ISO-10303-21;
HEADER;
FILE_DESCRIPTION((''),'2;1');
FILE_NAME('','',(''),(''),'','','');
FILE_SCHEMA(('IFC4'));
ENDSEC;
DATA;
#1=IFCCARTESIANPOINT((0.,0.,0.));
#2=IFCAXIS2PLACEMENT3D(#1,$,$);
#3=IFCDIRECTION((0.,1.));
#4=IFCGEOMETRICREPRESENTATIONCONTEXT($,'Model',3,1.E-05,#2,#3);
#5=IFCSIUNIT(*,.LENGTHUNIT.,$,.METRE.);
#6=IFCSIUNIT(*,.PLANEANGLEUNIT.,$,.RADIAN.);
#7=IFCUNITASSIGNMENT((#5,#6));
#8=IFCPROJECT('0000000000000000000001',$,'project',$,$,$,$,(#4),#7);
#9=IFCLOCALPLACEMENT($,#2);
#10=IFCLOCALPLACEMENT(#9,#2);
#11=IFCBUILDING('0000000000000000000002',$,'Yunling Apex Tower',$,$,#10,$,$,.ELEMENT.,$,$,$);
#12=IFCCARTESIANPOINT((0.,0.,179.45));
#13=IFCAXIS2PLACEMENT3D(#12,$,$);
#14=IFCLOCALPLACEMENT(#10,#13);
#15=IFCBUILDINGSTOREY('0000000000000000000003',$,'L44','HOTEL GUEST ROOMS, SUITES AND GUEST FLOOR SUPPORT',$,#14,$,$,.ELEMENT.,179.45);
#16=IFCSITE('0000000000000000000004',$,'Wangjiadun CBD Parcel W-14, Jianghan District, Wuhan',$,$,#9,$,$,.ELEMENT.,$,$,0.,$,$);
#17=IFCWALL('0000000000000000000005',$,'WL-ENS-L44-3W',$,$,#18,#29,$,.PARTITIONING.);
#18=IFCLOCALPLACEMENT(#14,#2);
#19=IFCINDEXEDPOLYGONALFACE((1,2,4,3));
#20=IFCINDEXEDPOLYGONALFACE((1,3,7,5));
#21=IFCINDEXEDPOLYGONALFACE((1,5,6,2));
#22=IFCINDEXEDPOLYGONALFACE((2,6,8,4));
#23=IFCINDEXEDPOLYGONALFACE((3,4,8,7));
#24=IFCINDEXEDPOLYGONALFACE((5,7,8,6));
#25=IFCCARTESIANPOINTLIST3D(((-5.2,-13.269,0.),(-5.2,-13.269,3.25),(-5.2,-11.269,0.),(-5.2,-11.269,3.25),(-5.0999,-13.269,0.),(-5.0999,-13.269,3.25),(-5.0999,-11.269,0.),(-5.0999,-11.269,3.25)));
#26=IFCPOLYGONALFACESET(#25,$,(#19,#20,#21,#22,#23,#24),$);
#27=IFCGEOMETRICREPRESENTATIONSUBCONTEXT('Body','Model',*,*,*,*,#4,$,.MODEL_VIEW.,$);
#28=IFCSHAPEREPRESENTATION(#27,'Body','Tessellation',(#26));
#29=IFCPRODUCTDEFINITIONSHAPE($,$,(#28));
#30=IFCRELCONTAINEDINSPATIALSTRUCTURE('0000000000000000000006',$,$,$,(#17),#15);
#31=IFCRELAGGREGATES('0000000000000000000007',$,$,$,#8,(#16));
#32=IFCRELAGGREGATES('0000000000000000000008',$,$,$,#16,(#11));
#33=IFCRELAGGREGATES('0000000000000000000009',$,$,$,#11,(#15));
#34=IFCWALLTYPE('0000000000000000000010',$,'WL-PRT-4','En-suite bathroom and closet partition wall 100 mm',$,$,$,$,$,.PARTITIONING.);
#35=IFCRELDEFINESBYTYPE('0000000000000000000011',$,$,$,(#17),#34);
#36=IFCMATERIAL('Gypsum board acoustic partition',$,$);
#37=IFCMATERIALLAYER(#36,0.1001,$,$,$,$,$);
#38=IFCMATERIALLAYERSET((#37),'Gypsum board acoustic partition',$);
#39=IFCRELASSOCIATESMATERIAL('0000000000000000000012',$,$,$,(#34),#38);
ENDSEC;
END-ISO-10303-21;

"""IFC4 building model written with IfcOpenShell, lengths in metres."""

from ifc_helpers import new_model, si_unit, direction, frame, frame_2d, origin, place, context, subcontext, project, spatial, rectangle, extrude, material, layer, layer_set, type_object, element, save


model = new_model("IFC4")

# Units and contexts
model_context = context("Model", 3, precision=1e-05, world=origin(), true_north=direction((0.0, 1.0)))
body_context = subcontext(model_context, "Body", "Model", "MODEL_VIEW")
ifc_project = project(units=[si_unit("LENGTHUNIT", "METRE"), si_unit("PLANEANGLEUNIT", "RADIAN")], contexts=[model_context])

# Site, building, storey
site_placement = place(None, origin())
site = spatial("IfcSite", under=ifc_project, at=site_placement, Name="Wangjiadun CBD Parcel W-14, Jianghan District, Wuhan", CompositionType="ELEMENT", RefElevation=0.0)
building_placement = place(site_placement, origin())
building = spatial("IfcBuilding", under=site, at=building_placement, Name="Yunling Apex Tower", CompositionType="ELEMENT")
storey_placement = place(building_placement, frame((0.0, 0.0, 179.45)))
storey = spatial("IfcBuildingStorey", under=building, at=storey_placement, Name="L44", Description="HOTEL GUEST ROOMS, SUITES AND GUEST FLOOR SUPPORT", CompositionType="ELEMENT", Elevation=179.45)

# Wall
ifc_material_1 = material(Name="Gypsum board acoustic partition")
ifc_layer_1 = layer(ifc_material_1, 0.1001)
ifc_layer_set_1 = layer_set([ifc_layer_1], Name="Gypsum board acoustic partition")
wall_type = type_object("IfcWallType", Name="WL-PRT-4", Description="En-suite bathroom and closet partition wall 100 mm", PredefinedType="PARTITIONING", material=ifc_layer_set_1)
wall_1_placement = place(storey_placement, frame((-5.1499, -13.269, 0.0), z_axis=(0.0, 0.0, 1.0), x_axis=(0.0, 1.0, 0.0)))
element("IfcWall", 1, at=wall_1_placement, inside=storey, type_object=wall_type, Name="WL-ENS-L44-3W", PredefinedType="PARTITIONING", context=body_context, shape_type="SweptSolid", body=[
    extrude(rectangle(XDim=2.0, YDim=0.1001, at=frame_2d((1.0, 0.0))), origin(), (0.0, 0.0, 1.0), 3.25),
])

save(model, "model.ifc")
